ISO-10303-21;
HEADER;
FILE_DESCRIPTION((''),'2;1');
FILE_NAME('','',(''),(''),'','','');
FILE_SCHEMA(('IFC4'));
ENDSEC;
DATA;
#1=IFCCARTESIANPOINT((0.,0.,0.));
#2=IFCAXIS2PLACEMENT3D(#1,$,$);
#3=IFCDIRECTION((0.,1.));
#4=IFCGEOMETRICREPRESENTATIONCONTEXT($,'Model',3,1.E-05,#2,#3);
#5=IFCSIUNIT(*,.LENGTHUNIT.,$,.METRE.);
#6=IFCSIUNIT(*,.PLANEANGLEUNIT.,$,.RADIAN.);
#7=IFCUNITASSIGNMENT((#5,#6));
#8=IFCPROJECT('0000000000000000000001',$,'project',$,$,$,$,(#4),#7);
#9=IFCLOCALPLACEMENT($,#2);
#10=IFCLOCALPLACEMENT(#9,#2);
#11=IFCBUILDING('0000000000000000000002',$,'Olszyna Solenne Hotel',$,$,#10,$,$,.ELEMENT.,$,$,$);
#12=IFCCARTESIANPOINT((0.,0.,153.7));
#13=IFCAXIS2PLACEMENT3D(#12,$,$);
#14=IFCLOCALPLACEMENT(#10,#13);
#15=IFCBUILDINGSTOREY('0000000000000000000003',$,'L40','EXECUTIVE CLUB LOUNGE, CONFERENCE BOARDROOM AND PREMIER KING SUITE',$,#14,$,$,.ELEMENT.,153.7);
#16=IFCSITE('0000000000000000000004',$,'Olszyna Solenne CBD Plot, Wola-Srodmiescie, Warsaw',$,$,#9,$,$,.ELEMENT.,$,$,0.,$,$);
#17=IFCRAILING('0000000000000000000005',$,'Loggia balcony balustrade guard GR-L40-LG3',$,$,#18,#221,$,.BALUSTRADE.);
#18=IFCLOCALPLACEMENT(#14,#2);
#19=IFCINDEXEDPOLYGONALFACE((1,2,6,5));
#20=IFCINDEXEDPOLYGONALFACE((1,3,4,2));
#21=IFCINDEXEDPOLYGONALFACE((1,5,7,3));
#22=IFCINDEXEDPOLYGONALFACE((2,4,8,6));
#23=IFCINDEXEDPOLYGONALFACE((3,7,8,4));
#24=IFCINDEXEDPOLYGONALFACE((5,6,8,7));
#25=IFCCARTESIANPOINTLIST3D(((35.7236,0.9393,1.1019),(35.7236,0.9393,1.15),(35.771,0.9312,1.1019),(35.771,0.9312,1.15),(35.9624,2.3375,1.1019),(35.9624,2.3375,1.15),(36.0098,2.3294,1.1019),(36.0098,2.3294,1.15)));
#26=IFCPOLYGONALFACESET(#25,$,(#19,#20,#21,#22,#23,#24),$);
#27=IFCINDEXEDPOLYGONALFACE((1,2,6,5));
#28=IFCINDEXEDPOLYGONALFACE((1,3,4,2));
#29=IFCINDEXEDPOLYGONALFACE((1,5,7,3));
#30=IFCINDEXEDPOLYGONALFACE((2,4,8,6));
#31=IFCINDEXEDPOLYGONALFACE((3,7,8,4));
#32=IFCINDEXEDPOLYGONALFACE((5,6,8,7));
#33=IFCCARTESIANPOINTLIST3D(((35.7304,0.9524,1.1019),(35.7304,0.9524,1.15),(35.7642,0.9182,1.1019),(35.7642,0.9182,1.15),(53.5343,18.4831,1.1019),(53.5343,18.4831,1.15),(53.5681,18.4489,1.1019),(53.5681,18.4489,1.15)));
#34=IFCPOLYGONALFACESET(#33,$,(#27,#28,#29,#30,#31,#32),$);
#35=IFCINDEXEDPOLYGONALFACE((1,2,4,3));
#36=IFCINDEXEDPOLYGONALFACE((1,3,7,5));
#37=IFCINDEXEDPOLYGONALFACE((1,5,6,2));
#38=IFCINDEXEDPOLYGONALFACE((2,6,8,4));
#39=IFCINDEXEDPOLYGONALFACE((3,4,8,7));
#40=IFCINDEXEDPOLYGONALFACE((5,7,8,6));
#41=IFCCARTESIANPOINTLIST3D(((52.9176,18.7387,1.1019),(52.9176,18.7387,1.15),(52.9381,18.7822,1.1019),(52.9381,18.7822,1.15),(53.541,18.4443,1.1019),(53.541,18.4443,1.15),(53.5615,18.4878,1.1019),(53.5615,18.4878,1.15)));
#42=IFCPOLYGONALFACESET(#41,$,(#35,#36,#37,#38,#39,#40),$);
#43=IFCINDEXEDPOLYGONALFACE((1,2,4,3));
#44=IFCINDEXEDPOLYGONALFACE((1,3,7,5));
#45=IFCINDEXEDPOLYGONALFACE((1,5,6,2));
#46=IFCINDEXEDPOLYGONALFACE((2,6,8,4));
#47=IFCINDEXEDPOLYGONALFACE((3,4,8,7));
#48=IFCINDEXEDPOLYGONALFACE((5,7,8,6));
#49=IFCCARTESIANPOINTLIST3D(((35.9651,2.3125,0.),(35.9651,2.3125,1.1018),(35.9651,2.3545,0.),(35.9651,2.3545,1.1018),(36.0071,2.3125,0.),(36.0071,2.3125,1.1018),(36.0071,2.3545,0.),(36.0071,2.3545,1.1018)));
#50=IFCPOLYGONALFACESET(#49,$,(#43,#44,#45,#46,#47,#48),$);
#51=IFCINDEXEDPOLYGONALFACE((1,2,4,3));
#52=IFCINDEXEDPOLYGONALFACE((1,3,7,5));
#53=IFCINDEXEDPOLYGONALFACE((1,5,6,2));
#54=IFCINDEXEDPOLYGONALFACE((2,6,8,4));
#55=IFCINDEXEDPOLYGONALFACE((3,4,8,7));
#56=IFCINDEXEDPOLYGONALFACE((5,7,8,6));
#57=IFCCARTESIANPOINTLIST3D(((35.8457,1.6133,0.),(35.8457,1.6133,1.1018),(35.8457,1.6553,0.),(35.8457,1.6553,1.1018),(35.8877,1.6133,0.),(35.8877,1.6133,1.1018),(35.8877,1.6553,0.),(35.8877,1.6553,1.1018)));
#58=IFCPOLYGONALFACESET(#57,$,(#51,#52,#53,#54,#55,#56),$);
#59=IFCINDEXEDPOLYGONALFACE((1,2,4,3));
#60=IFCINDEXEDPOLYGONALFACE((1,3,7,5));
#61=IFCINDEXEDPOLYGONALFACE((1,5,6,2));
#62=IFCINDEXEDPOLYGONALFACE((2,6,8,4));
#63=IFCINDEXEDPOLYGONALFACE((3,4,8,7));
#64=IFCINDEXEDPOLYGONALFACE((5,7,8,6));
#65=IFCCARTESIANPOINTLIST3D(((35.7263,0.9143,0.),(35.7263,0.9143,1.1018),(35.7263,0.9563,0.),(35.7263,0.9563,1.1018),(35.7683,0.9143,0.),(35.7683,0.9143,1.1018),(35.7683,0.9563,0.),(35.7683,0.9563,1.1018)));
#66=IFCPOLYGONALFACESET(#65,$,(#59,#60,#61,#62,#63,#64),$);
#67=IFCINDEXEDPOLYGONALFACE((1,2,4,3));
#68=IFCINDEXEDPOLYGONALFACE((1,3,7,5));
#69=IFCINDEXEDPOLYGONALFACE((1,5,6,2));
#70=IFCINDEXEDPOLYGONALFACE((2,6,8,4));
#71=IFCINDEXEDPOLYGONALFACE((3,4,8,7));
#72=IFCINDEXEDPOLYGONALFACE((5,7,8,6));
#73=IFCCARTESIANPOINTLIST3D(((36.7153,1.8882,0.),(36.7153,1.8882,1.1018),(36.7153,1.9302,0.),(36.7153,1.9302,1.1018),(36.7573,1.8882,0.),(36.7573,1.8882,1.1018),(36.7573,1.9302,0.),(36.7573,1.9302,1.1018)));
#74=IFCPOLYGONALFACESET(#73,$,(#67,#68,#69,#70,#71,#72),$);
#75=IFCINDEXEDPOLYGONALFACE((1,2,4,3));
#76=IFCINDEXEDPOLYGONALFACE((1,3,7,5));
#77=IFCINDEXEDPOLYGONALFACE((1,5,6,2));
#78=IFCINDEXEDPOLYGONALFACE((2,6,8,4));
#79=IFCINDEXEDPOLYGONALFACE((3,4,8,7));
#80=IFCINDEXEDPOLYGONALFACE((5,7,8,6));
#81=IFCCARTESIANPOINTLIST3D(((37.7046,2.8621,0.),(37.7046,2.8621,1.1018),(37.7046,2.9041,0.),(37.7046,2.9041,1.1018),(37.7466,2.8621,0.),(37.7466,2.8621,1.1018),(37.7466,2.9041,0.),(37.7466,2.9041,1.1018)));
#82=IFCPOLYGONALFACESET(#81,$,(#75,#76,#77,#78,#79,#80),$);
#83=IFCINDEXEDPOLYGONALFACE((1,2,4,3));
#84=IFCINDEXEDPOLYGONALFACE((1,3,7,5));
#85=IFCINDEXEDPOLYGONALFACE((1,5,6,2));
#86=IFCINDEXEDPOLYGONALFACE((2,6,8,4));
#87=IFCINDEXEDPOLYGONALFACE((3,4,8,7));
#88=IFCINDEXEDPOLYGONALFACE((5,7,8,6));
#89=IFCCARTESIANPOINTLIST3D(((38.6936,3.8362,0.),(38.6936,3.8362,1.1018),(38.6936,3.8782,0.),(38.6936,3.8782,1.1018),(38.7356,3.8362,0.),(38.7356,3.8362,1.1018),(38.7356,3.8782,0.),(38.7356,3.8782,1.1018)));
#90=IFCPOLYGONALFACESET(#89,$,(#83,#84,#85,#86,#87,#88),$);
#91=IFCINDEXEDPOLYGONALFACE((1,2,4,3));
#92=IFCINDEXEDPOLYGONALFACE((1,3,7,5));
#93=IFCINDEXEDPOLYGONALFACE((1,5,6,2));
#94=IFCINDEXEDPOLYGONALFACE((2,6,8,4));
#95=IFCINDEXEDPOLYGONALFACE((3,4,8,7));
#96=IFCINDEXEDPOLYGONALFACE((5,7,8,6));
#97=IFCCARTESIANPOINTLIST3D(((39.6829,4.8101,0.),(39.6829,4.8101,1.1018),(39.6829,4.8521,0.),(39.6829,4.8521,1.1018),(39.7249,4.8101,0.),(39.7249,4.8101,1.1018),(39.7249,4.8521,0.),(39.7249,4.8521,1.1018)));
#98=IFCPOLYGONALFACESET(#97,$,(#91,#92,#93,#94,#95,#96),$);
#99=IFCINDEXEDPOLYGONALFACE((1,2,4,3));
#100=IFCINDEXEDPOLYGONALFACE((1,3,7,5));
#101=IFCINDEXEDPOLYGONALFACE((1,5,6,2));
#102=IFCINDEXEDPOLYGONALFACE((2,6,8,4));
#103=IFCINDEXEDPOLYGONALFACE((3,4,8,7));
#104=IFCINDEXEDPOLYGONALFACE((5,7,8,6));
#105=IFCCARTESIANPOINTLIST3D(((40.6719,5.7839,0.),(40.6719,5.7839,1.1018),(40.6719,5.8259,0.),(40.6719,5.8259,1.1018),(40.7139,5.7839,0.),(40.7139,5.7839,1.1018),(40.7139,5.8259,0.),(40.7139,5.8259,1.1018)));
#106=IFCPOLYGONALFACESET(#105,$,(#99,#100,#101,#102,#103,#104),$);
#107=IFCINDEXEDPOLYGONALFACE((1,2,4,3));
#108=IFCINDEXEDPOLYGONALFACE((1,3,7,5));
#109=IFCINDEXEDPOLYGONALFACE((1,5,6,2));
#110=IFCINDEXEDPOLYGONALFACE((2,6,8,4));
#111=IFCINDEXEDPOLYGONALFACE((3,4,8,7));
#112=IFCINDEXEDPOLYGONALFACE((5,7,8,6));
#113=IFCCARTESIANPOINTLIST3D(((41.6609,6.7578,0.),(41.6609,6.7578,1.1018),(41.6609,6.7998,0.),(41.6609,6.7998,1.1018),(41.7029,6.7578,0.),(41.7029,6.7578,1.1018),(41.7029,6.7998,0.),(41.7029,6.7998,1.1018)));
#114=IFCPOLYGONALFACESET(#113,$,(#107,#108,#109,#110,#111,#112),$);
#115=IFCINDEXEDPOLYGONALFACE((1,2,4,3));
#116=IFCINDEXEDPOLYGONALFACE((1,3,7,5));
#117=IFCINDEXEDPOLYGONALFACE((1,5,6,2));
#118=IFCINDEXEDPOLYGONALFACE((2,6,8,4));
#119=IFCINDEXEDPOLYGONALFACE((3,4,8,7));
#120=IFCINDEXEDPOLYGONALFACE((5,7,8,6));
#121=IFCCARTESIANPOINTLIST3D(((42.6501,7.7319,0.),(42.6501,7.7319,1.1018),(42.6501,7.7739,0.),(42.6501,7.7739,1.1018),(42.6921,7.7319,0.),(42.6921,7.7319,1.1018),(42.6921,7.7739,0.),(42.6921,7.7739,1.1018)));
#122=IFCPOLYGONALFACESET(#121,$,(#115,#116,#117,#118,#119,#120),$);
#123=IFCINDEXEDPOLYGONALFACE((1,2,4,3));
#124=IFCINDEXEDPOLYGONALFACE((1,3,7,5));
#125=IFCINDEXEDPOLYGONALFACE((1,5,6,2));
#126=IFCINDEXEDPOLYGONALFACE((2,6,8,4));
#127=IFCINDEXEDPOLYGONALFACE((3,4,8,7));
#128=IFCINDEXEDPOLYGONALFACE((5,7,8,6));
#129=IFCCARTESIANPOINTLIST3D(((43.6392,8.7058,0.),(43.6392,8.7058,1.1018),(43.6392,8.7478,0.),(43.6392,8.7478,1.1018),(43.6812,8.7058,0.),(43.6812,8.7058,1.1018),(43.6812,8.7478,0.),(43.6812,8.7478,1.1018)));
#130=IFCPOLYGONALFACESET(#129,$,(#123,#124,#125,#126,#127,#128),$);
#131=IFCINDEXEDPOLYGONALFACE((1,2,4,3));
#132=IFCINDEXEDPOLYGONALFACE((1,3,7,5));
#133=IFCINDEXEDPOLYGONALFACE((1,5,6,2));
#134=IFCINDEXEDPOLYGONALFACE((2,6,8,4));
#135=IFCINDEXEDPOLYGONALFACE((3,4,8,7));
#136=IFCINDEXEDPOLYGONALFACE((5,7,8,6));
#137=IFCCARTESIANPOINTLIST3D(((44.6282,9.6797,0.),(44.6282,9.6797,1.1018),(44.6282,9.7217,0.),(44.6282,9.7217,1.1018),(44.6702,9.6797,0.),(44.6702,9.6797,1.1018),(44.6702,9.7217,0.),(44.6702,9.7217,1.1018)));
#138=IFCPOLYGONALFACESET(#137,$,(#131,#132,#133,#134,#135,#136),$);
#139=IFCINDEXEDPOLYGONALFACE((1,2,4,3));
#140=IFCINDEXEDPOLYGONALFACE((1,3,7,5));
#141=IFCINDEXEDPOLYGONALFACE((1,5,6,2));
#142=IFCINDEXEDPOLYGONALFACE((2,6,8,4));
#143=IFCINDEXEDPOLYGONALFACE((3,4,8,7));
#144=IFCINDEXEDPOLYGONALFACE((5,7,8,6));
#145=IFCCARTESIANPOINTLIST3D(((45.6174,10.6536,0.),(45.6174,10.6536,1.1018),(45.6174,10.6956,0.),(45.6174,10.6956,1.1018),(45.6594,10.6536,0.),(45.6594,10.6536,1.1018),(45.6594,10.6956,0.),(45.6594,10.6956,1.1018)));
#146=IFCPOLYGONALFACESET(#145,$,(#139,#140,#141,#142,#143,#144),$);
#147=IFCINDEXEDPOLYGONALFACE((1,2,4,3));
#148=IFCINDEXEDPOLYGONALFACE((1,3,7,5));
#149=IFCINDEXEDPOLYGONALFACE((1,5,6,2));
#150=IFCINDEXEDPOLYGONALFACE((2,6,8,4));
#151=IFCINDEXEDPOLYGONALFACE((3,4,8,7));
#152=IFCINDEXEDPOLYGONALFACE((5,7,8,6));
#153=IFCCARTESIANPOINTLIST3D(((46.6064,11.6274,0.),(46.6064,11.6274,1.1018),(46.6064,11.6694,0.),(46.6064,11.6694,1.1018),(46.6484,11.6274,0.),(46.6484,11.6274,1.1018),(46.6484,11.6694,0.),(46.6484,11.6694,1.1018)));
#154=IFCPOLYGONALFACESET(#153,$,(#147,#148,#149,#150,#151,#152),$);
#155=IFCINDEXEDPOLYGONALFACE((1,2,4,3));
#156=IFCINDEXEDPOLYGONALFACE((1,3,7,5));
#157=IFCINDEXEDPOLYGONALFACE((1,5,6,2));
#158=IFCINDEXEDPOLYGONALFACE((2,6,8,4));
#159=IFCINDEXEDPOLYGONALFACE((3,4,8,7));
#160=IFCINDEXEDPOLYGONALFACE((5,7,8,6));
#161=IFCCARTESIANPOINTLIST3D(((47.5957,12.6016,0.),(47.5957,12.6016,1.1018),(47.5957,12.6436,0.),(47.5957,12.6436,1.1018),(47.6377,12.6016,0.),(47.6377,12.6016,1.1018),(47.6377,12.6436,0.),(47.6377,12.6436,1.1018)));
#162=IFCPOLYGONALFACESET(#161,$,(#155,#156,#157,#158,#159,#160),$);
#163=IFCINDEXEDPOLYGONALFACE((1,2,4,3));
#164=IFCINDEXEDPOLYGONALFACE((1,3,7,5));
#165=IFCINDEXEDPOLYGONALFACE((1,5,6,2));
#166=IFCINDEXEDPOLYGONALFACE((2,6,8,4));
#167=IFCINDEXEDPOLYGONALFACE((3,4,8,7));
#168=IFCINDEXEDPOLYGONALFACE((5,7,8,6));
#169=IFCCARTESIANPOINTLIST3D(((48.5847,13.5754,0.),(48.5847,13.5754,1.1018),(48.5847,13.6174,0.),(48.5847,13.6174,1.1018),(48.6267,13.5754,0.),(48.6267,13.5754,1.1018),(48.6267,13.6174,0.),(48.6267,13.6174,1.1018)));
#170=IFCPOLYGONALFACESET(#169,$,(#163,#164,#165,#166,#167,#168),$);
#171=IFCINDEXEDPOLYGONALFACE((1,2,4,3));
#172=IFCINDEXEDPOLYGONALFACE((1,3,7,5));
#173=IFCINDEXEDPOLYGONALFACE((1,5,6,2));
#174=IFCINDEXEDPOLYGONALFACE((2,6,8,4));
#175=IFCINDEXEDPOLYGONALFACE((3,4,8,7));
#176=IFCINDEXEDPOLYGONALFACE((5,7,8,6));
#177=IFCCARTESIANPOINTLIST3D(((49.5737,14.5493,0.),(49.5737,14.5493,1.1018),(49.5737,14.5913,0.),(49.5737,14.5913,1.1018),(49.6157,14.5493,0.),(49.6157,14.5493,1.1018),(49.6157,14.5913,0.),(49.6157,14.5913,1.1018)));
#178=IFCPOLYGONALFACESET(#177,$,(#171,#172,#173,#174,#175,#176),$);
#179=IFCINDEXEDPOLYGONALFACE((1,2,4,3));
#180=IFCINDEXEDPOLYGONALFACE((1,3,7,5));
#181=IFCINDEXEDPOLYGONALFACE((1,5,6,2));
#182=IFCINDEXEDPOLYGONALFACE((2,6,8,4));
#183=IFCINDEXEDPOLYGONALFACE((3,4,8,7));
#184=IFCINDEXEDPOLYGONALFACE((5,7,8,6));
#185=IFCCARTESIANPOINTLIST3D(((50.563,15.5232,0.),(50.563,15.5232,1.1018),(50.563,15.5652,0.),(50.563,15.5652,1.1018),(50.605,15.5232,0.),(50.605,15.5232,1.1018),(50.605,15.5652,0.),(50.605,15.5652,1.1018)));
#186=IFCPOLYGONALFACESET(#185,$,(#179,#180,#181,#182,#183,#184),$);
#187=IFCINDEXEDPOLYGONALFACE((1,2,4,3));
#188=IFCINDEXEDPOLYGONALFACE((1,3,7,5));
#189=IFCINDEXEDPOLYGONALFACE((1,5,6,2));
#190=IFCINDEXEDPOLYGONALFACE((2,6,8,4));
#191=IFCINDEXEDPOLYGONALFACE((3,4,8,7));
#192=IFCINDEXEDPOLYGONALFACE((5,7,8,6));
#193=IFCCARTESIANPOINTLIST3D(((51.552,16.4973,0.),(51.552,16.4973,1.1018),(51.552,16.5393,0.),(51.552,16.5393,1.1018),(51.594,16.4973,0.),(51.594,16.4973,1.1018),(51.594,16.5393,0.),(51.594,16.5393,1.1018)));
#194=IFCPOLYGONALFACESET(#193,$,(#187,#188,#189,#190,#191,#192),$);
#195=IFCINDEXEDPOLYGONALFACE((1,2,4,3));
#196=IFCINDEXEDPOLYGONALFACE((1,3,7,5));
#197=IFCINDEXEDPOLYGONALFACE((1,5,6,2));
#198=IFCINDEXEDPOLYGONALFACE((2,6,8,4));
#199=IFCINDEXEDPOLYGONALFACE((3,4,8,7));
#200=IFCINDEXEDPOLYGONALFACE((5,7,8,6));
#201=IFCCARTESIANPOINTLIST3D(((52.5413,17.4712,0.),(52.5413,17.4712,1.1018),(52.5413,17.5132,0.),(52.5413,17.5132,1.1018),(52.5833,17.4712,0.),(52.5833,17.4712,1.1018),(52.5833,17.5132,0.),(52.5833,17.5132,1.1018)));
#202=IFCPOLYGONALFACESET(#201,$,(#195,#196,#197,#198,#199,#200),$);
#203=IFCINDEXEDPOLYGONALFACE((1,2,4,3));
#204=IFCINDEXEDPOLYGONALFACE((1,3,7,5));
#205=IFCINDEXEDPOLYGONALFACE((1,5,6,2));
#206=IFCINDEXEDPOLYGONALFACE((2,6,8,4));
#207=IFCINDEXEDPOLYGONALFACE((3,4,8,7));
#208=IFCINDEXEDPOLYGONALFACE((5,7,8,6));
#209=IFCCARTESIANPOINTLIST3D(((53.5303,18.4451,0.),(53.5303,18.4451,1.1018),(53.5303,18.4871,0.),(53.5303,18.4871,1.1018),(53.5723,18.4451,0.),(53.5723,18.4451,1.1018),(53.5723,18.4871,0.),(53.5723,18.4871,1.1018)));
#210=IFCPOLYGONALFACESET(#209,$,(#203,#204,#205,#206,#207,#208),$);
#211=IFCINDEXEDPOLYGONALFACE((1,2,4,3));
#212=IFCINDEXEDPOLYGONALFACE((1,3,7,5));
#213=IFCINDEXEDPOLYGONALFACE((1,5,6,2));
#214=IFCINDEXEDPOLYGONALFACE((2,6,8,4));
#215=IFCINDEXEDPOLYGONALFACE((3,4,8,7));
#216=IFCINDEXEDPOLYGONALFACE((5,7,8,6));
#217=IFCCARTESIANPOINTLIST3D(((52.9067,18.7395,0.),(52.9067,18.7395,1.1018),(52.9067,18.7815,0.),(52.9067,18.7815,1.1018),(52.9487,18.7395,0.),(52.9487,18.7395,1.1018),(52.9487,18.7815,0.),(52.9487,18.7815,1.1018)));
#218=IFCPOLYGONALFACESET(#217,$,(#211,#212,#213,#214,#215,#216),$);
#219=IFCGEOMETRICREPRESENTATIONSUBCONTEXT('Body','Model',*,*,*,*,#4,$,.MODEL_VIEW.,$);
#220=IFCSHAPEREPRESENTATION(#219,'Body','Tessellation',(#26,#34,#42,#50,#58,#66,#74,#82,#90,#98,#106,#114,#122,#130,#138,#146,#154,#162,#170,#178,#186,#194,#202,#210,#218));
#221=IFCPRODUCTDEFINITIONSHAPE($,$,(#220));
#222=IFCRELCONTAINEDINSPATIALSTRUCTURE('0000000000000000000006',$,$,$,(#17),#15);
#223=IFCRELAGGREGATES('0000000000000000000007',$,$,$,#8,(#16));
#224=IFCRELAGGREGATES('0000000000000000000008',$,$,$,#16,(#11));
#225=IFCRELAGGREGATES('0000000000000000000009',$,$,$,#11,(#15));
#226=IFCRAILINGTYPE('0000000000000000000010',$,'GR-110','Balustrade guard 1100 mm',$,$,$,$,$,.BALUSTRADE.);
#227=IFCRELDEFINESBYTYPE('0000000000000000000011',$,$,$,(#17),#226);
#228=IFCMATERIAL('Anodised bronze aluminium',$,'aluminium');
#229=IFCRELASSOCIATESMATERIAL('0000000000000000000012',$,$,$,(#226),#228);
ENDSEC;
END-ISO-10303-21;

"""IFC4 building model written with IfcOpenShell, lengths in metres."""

from ifc_helpers import new_model, si_unit, direction, frame, origin, origin_2d, place, context, subcontext, project, spatial, rectangle, extrude, material, type_object, element, save


model = new_model("IFC4")

# Units and contexts
model_context = context("Model", 3, precision=1e-05, world=origin(), true_north=direction((0.0, 1.0)))
body_context = subcontext(model_context, "Body", "Model", "MODEL_VIEW")
ifc_project = project(units=[si_unit("LENGTHUNIT", "METRE"), si_unit("PLANEANGLEUNIT", "RADIAN")], contexts=[model_context])

# Site, building, storey
site_placement = place(None, origin())
site = spatial("IfcSite", under=ifc_project, at=site_placement, Name="Olszyna Solenne CBD Plot, Wola-Srodmiescie, Warsaw", CompositionType="ELEMENT", RefElevation=0.0)
building_placement = place(site_placement, origin())
building = spatial("IfcBuilding", under=site, at=building_placement, Name="Olszyna Solenne Hotel", CompositionType="ELEMENT")
storey_placement = place(building_placement, frame((0.0, 0.0, 153.7)))
storey = spatial("IfcBuildingStorey", under=building, at=storey_placement, Name="L40", Description="EXECUTIVE CLUB LOUNGE, CONFERENCE BOARDROOM AND PREMIER KING SUITE", CompositionType="ELEMENT", Elevation=153.7)

# Railing
ifc_material_1 = material(Name="Anodised bronze aluminium", Category="aluminium")
railing_type = type_object("IfcRailingType", Name="GR-110", Description="Balustrade guard 1100 mm", PredefinedType="BALUSTRADE", material=ifc_material_1)
railing_placement = place(storey_placement, frame((35.9861, 2.3335, 0.0)))
element("IfcRailing", 1, at=railing_placement, inside=storey, type_object=railing_type, Name="Loggia balcony balustrade guard GR-L40-LG3", PredefinedType="BALUSTRADE", context=body_context, shape_type="SweptSolid", body=[
    extrude(rectangle(XDim=0.0481, YDim=0.0481, at=origin_2d()), frame((0.0, 0.0, 1.126), z_axis=(-0.168333, -0.98573, 0.0), x_axis=(0.98573, -0.168333, 0.0)), (0.0, 0.0, 1.0), 1.4185),
    extrude(rectangle(XDim=0.0481, YDim=0.0481, at=origin_2d()), frame((-0.2388, -1.3982, 1.126), z_axis=(0.712553, 0.701619, 0.0), x_axis=(-0.701619, 0.712553, 0.0)), (0.0, 0.0, 1.0), 24.9861),
    extrude(rectangle(XDim=0.0481, YDim=0.0481, at=origin_2d()), frame((17.5652, 16.1326, 1.126), z_axis=(-0.904256, 0.42699, 0.0), x_axis=(-0.42699, -0.904256, 0.0)), (0.0, 0.0, 1.0), 0.6895),
    extrude(rectangle(XDim=0.042, YDim=0.042, at=origin_2d()), origin(), (0.0, 0.0, 1.0), 1.1018),
    extrude(rectangle(XDim=0.042, YDim=0.042, at=origin_2d()), frame((-0.1194, -0.6992, 0.0)), (0.0, 0.0, 1.0), 1.1018),
    extrude(rectangle(XDim=0.042, YDim=0.042, at=origin_2d()), frame((-0.2388, -1.3982, 0.0)), (0.0, 0.0, 1.0), 1.1018),
    extrude(rectangle(XDim=0.042, YDim=0.042, at=origin_2d()), frame((0.7502, -0.4243, 0.0)), (0.0, 0.0, 1.0), 1.1018),
    extrude(rectangle(XDim=0.042, YDim=0.042, at=origin_2d()), frame((1.7395, 0.5496, 0.0)), (0.0, 0.0, 1.0), 1.1018),
    extrude(rectangle(XDim=0.042, YDim=0.042, at=origin_2d()), frame((2.7285, 1.5237, 0.0)), (0.0, 0.0, 1.0), 1.1018),
    extrude(rectangle(XDim=0.042, YDim=0.042, at=origin_2d()), frame((3.7178, 2.4976, 0.0)), (0.0, 0.0, 1.0), 1.1018),
    extrude(rectangle(XDim=0.042, YDim=0.042, at=origin_2d()), frame((4.7068, 3.4714, 0.0)), (0.0, 0.0, 1.0), 1.1018),
    extrude(rectangle(XDim=0.042, YDim=0.042, at=origin_2d()), frame((5.6958, 4.4453, 0.0)), (0.0, 0.0, 1.0), 1.1018),
    extrude(rectangle(XDim=0.042, YDim=0.042, at=origin_2d()), frame((6.6851, 5.4194, 0.0)), (0.0, 0.0, 1.0), 1.1018),
    extrude(rectangle(XDim=0.042, YDim=0.042, at=origin_2d()), frame((7.6741, 6.3933, 0.0)), (0.0, 0.0, 1.0), 1.1018),
    extrude(rectangle(XDim=0.042, YDim=0.042, at=origin_2d()), frame((8.6631, 7.3672, 0.0)), (0.0, 0.0, 1.0), 1.1018),
    extrude(rectangle(XDim=0.042, YDim=0.042, at=origin_2d()), frame((9.6523, 8.3411, 0.0)), (0.0, 0.0, 1.0), 1.1018),
    extrude(rectangle(XDim=0.042, YDim=0.042, at=origin_2d()), frame((10.6414, 9.3149, 0.0)), (0.0, 0.0, 1.0), 1.1018),
    extrude(rectangle(XDim=0.042, YDim=0.042, at=origin_2d()), frame((11.6306, 10.2891, 0.0)), (0.0, 0.0, 1.0), 1.1018),
    extrude(rectangle(XDim=0.042, YDim=0.042, at=origin_2d()), frame((12.6196, 11.2629, 0.0)), (0.0, 0.0, 1.0), 1.1018),
    extrude(rectangle(XDim=0.042, YDim=0.042, at=origin_2d()), frame((13.6086, 12.2368, 0.0)), (0.0, 0.0, 1.0), 1.1018),
    extrude(rectangle(XDim=0.042, YDim=0.042, at=origin_2d()), frame((14.5979, 13.2107, 0.0)), (0.0, 0.0, 1.0), 1.1018),
    extrude(rectangle(XDim=0.042, YDim=0.042, at=origin_2d()), frame((15.5869, 14.1848, 0.0)), (0.0, 0.0, 1.0), 1.1018),
    extrude(rectangle(XDim=0.042, YDim=0.042, at=origin_2d()), frame((16.5762, 15.1587, 0.0)), (0.0, 0.0, 1.0), 1.1018),
    extrude(rectangle(XDim=0.042, YDim=0.042, at=origin_2d()), frame((17.5652, 16.1326, 0.0)), (0.0, 0.0, 1.0), 1.1018),
    extrude(rectangle(XDim=0.042, YDim=0.042, at=origin_2d()), frame((16.9417, 16.427, 0.0)), (0.0, 0.0, 1.0), 1.1018),
])

save(model, "model.ifc")
